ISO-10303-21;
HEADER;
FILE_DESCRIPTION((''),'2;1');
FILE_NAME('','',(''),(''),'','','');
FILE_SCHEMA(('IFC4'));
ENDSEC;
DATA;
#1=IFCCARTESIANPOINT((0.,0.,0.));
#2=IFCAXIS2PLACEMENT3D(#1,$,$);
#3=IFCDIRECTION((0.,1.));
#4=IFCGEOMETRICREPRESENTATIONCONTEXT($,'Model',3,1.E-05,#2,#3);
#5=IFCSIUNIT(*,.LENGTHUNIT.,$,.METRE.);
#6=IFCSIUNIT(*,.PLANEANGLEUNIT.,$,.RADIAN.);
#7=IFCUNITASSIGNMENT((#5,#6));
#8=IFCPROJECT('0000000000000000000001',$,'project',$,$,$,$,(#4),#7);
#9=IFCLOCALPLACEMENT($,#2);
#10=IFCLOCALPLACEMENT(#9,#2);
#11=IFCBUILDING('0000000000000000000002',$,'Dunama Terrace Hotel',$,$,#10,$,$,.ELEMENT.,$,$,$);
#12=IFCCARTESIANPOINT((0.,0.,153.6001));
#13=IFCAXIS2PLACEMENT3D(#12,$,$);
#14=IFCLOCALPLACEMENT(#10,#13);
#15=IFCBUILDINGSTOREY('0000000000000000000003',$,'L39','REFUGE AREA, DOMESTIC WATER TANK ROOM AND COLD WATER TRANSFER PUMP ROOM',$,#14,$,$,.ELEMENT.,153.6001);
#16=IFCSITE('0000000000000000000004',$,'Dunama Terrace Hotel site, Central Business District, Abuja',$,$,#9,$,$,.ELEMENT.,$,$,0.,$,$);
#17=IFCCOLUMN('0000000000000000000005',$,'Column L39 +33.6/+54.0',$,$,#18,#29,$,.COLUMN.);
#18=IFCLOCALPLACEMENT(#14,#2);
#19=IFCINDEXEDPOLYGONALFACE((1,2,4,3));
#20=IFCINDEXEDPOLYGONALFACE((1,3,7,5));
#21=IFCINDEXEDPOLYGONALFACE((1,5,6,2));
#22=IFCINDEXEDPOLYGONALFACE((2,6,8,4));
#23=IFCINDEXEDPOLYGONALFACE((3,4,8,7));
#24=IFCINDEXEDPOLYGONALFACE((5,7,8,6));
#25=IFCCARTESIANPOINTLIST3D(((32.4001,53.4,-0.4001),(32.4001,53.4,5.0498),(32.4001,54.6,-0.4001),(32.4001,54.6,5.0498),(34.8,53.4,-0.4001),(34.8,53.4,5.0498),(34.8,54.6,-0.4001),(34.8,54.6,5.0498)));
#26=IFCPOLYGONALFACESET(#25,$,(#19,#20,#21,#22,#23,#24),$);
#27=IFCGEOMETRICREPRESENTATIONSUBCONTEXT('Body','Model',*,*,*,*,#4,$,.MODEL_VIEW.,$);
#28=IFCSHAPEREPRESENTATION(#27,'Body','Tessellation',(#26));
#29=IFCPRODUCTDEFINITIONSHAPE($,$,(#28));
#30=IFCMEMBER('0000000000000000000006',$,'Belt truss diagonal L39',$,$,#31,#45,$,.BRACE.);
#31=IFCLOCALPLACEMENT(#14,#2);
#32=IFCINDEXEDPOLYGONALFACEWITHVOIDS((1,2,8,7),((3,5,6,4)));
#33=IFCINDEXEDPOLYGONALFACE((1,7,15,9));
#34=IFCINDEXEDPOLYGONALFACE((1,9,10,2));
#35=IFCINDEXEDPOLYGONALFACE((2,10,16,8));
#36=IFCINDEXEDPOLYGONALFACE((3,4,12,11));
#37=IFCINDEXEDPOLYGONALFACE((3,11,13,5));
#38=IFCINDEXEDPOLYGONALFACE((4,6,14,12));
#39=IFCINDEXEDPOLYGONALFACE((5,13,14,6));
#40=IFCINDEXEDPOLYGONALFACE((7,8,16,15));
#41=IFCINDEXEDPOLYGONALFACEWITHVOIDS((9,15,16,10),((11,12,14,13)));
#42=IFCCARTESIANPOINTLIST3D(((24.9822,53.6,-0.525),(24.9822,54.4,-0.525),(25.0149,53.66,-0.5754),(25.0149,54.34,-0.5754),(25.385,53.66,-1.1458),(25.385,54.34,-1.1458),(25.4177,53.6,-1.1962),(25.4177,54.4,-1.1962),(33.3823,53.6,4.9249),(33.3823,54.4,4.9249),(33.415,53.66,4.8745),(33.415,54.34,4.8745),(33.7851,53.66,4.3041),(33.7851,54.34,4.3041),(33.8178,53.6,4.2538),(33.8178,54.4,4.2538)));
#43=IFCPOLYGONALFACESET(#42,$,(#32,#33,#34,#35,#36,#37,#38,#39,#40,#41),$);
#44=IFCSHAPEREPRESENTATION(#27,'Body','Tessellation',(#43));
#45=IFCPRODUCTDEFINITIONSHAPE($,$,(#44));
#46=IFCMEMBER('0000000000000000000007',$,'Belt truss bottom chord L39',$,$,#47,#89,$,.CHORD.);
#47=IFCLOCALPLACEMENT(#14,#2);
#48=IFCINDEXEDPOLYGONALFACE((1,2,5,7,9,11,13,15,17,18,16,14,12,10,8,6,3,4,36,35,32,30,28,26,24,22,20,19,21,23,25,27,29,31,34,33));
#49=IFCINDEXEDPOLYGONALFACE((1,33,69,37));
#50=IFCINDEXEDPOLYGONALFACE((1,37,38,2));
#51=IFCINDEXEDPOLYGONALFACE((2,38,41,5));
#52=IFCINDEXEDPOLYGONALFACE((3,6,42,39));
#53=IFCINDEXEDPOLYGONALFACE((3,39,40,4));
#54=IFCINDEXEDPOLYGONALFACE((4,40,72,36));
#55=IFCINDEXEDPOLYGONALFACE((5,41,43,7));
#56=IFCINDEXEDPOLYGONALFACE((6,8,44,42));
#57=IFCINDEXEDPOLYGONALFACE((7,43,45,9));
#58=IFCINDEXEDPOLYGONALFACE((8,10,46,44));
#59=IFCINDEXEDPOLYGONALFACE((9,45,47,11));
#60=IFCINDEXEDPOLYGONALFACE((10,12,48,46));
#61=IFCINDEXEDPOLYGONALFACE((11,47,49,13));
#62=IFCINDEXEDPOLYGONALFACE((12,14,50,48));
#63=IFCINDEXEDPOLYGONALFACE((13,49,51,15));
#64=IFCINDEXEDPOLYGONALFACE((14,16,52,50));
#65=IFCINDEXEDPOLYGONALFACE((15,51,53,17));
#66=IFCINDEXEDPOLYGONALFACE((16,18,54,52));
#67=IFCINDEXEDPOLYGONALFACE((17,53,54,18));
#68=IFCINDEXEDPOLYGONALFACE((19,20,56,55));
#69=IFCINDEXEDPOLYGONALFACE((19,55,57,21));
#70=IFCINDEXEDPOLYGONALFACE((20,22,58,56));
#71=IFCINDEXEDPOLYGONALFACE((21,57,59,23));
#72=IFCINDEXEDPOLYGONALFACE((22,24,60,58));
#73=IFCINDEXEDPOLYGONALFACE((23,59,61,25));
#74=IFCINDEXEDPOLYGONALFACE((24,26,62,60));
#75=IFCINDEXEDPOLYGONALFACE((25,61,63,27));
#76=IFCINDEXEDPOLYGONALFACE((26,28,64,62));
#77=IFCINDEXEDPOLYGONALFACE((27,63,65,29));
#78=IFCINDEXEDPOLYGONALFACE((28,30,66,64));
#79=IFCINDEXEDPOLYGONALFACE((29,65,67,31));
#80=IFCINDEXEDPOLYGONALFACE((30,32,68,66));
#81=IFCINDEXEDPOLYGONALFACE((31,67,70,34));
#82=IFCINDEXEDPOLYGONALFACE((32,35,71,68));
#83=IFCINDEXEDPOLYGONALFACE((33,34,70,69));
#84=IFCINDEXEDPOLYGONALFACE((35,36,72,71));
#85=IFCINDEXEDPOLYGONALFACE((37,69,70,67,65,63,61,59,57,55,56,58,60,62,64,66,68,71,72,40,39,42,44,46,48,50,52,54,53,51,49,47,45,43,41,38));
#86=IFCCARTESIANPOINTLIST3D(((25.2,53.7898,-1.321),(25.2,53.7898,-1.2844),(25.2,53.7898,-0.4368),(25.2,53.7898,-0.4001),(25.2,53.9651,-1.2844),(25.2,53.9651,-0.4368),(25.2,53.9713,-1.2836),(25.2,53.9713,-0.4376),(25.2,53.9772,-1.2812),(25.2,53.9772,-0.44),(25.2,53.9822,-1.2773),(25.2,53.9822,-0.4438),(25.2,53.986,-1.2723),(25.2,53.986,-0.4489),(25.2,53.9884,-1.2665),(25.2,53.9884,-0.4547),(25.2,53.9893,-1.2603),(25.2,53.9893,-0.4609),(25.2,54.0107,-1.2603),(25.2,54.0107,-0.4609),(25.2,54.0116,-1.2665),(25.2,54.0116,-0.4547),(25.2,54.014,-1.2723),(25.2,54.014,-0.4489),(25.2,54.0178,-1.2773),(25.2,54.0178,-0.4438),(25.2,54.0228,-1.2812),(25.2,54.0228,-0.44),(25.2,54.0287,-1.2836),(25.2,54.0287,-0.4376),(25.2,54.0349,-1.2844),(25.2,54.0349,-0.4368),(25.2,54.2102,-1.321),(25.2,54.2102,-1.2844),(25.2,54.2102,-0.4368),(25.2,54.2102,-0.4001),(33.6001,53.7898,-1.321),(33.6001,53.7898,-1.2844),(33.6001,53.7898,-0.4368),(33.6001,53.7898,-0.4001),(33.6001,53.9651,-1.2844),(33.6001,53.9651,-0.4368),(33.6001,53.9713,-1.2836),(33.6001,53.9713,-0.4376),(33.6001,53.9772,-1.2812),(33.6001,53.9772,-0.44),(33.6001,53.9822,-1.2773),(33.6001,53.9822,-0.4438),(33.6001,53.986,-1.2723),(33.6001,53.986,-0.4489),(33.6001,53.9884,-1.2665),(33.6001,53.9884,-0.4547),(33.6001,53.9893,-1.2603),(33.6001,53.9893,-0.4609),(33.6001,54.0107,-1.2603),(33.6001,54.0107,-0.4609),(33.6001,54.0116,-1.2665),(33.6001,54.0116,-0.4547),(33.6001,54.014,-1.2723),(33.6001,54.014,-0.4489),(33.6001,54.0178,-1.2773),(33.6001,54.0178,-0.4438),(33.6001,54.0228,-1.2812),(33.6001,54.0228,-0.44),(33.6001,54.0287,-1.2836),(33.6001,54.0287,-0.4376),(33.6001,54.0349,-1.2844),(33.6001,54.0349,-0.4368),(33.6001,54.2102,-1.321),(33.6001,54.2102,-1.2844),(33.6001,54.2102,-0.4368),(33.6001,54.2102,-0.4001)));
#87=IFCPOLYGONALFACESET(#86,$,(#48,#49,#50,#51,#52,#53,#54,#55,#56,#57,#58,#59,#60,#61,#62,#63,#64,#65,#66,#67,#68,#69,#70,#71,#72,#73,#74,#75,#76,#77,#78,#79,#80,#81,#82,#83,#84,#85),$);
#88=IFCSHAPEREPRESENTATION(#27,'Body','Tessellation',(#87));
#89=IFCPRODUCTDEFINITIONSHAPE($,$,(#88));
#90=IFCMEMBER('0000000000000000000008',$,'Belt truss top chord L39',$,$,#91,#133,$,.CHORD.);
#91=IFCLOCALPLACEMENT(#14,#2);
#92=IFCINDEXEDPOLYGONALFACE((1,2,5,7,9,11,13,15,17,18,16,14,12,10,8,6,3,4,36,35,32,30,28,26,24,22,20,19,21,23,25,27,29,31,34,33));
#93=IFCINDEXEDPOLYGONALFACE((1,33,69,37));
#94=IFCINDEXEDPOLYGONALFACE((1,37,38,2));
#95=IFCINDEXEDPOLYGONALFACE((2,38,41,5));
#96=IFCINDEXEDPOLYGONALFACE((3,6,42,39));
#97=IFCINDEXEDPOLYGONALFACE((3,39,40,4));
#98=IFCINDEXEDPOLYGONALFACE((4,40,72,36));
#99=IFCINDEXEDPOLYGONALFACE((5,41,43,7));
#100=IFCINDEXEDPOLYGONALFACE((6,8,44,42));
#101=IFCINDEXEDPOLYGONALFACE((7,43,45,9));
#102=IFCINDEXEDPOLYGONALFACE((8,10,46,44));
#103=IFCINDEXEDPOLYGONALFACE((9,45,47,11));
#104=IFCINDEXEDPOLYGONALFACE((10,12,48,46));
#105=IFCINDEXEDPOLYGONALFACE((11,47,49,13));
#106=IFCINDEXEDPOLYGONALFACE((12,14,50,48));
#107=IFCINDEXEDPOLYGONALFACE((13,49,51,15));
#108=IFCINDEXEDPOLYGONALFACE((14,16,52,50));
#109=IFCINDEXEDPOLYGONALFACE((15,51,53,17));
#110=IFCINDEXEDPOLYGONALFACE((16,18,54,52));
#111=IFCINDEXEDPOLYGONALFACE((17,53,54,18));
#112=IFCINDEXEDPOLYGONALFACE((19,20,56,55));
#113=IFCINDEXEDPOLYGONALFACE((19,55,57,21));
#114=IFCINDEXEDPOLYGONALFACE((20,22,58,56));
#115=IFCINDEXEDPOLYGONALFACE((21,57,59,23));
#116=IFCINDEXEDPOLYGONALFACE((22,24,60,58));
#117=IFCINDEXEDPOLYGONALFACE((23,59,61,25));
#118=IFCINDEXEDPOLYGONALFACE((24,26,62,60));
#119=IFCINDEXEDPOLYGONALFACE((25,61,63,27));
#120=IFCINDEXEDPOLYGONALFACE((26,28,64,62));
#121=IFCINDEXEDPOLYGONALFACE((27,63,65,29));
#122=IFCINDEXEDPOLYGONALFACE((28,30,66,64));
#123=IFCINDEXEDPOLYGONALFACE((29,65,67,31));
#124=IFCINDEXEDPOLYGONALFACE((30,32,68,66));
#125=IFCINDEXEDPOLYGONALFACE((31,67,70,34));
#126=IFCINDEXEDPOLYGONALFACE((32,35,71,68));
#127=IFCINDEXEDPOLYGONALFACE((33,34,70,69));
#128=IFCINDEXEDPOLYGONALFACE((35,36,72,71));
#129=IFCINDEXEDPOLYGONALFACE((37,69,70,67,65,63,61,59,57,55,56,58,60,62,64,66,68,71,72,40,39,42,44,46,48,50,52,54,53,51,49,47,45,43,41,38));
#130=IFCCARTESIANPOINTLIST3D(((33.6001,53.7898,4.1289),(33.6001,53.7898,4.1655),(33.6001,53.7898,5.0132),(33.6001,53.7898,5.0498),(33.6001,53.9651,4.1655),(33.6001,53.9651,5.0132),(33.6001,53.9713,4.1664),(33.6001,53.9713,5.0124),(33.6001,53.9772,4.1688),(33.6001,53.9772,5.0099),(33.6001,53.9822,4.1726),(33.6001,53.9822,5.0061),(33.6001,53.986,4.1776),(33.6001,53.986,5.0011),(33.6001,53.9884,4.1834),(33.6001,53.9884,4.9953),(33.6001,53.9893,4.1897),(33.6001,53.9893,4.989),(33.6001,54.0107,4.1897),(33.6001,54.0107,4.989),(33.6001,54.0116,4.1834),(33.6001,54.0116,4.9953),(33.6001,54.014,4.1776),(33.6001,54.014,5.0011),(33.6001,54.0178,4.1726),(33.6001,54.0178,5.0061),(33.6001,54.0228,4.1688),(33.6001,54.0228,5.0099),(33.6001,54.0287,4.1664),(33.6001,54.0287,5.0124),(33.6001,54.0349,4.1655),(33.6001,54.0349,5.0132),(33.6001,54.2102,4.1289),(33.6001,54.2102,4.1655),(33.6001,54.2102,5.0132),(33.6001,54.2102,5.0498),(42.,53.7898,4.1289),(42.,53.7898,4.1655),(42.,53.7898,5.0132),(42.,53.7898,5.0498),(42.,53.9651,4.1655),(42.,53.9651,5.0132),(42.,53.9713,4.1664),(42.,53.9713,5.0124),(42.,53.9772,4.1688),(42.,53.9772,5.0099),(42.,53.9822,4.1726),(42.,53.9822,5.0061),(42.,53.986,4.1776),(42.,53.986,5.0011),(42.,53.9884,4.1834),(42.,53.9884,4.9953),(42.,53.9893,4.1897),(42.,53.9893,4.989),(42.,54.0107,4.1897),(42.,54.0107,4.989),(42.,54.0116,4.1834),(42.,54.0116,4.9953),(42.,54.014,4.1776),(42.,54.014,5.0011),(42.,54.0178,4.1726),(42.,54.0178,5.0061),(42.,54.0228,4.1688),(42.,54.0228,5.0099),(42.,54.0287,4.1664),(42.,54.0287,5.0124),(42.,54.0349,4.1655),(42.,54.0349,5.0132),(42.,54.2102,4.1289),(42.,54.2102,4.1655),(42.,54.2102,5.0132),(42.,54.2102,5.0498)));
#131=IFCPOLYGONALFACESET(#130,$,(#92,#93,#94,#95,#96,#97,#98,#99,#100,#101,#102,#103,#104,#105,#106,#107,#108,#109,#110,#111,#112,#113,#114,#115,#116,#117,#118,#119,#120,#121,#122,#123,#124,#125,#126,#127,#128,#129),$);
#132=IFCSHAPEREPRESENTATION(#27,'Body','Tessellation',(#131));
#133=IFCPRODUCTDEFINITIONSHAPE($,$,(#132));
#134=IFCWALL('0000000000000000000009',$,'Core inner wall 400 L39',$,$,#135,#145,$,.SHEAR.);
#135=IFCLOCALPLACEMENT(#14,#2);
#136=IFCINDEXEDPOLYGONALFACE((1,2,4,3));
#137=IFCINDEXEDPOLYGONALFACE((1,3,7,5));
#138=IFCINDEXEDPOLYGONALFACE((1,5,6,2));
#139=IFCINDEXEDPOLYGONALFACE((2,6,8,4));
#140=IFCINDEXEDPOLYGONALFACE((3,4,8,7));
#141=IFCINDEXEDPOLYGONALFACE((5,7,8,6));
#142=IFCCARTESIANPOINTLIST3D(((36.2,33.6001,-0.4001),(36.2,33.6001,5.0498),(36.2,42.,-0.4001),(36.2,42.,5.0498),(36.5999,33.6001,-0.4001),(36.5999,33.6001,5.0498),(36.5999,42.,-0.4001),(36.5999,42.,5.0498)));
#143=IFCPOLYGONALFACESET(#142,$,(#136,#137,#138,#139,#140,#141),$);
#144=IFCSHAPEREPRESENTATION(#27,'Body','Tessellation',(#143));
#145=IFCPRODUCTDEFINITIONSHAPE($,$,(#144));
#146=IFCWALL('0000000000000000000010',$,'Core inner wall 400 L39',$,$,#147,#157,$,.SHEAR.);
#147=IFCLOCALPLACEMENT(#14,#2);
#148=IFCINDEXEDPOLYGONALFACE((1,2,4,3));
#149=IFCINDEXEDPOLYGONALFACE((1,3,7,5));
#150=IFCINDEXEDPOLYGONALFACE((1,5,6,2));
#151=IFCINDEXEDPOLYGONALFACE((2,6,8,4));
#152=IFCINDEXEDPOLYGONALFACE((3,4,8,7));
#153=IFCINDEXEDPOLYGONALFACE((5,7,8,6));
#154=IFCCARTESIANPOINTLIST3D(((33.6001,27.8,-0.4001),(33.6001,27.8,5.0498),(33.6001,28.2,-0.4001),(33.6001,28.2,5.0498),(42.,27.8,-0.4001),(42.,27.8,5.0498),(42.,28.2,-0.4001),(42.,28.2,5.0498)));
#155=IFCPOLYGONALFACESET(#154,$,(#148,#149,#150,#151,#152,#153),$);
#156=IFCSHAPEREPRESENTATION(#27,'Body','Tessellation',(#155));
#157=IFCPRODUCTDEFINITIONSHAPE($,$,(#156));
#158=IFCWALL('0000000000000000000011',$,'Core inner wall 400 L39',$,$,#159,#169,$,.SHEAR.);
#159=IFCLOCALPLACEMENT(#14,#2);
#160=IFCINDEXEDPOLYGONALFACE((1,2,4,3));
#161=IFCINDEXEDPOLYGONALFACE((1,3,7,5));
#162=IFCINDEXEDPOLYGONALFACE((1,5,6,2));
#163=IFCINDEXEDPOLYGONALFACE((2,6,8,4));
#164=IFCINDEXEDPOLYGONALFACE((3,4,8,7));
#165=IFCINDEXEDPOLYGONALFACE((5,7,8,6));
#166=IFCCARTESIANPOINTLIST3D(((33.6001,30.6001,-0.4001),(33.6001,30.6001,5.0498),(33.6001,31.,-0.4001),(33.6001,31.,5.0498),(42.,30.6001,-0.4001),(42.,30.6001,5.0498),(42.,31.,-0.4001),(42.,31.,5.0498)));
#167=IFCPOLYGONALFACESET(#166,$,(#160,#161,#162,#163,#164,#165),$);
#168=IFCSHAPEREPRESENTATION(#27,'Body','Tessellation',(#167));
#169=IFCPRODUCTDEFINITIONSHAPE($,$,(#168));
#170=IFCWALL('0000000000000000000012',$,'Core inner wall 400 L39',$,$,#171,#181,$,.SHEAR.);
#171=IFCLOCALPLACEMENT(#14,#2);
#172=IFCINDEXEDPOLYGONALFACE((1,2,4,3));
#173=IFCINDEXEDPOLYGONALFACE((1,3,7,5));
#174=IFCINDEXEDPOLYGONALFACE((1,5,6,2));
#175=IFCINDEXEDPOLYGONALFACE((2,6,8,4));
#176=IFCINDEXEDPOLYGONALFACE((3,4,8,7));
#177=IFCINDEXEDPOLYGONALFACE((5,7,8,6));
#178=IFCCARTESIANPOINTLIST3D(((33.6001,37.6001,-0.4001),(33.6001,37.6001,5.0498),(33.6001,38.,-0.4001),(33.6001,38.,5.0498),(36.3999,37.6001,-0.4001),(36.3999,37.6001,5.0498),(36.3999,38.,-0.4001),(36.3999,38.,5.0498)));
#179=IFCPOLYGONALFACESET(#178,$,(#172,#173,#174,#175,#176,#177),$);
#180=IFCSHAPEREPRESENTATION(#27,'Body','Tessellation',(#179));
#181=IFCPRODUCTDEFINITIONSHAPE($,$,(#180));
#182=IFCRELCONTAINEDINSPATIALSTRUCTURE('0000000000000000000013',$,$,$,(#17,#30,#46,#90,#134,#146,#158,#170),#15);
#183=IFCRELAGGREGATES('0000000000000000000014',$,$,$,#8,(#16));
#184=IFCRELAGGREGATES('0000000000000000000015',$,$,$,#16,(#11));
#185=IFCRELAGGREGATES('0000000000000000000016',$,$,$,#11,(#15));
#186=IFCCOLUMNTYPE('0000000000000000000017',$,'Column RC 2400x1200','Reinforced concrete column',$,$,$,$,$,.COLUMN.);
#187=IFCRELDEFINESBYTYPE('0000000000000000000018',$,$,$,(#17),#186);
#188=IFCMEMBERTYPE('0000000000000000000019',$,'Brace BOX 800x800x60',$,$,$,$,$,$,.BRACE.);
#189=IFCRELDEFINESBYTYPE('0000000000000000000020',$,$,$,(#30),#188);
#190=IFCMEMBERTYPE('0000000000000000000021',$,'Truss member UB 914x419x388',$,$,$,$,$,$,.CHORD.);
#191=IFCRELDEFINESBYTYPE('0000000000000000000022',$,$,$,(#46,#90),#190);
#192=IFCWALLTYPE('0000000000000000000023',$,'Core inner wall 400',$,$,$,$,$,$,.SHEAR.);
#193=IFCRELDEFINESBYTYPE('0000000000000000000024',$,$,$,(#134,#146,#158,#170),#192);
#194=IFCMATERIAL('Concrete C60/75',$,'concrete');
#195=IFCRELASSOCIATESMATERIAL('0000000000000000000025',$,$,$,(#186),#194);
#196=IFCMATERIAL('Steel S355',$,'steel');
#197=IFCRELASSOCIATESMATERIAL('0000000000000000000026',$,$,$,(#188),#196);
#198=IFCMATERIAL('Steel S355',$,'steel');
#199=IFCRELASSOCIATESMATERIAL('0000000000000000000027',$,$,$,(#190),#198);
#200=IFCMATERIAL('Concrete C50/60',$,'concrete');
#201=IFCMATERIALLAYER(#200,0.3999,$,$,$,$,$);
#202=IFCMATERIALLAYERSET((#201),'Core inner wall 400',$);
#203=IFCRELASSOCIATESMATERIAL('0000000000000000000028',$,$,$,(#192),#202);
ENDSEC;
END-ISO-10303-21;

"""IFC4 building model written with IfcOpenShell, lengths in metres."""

from ifc_helpers import new_model, si_unit, direction, frame, frame_2d, origin, origin_2d, place, context, subcontext, project, spatial, rectangle, hollow_rectangle, i_section, extrude, material, layer, layer_set, material_profile, profile_set, type_object, element, save


model = new_model("IFC4")

# Units and contexts
model_context = context("Model", 3, precision=1e-05, world=origin(), true_north=direction((0.0, 1.0)))
body_context = subcontext(model_context, "Body", "Model", "MODEL_VIEW")
ifc_project = project(units=[si_unit("LENGTHUNIT", "METRE"), si_unit("PLANEANGLEUNIT", "RADIAN")], contexts=[model_context])

# Site, building, storey
site_placement = place(None, origin())
site = spatial("IfcSite", under=ifc_project, at=site_placement, Name="Dunama Terrace Hotel site, Central Business District, Abuja", CompositionType="ELEMENT", RefElevation=0.0)
building_placement = place(site_placement, origin())
building = spatial("IfcBuilding", under=site, at=building_placement, Name="Dunama Terrace Hotel", CompositionType="ELEMENT")
storey_placement = place(building_placement, frame((0.0, 0.0, 153.6001)))
storey = spatial("IfcBuildingStorey", under=building, at=storey_placement, Name="L39", Description="REFUGE AREA, DOMESTIC WATER TANK ROOM AND COLD WATER TRANSFER PUMP ROOM", CompositionType="ELEMENT", Elevation=153.6001)

# Column
ifc_material_1 = material(Name="Concrete C60/75", Category="concrete")
ifc_material_profile_1 = material_profile(ifc_material_1, rectangle(XDim=2.3999, YDim=1.2, at=origin_2d()), Name="RC 2400x1200")
ifc_profile_set_1 = profile_set([ifc_material_profile_1], Name="Concrete C60/75")
column_type = type_object("IfcColumnType", Name="Column RC 2400x1200", Description="Reinforced concrete column", PredefinedType="COLUMN", material=ifc_profile_set_1)
column_placement = place(storey_placement, frame((33.6001, 54.0, -0.4001), z_axis=(0.0, 0.0, 1.0), x_axis=(1.0, 0.0, 0.0)))
element("IfcColumn", 1, at=column_placement, inside=storey, type_object=column_type, Name="Column L39 +33.6/+54.0", PredefinedType="COLUMN", context=body_context, shape_type="SweptSolid", body=[
    extrude(rectangle(XDim=2.3999, YDim=1.2, at=origin_2d()), origin(), (0.0, 0.0, 1.0), 5.45),
])

# Members
ifc_material_2 = material(Name="Steel S355", Category="steel")
ifc_material_profile_2 = material_profile(ifc_material_2, hollow_rectangle(XDim=0.8, YDim=0.8, WallThickness=0.0601, at=origin_2d()), Name="BOX 800x800x60")
ifc_profile_set_2 = profile_set([ifc_material_profile_2], Name="Steel S355")
member_type_1 = type_object("IfcMemberType", Name="Brace BOX 800x800x60", PredefinedType="BRACE", material=ifc_profile_set_2)
member_1_placement = place(storey_placement, frame((25.2, 54.0, -0.8606), z_axis=(0.838906, 0.0, 0.544276), x_axis=(0.0, 1.0, 0.0)))
element("IfcMember", 2, at=member_1_placement, inside=storey, type_object=member_type_1, Name="Belt truss diagonal L39", PredefinedType="BRACE", context=body_context, shape_type="SweptSolid", body=[
    extrude(hollow_rectangle(XDim=0.8, YDim=0.8, WallThickness=0.0601, at=origin_2d()), origin(), (0.0, 0.0, 1.0), 10.0132),
])
ifc_material_3 = material(Name="Steel S355", Category="steel")
ifc_material_profile_3 = material_profile(ifc_material_3, i_section(OverallWidth=0.4204, OverallDepth=0.9209, WebThickness=0.0215, FlangeThickness=0.0366, FilletRadius=0.0242, at=origin_2d()), Name="UB 914x419x388")
ifc_profile_set_3 = profile_set([ifc_material_profile_3], Name="Steel S355")
member_type_2 = type_object("IfcMemberType", Name="Truss member UB 914x419x388", PredefinedType="CHORD", material=ifc_profile_set_3)
member_2_placement = place(storey_placement, frame((25.2, 54.0, -0.8606), z_axis=(1.0, 0.0, 0.0), x_axis=(0.0, 1.0, 0.0)))
element("IfcMember", 3, at=member_2_placement, inside=storey, type_object=member_type_2, Name="Belt truss bottom chord L39", PredefinedType="CHORD", context=body_context, shape_type="SweptSolid", body=[
    extrude(i_section(OverallWidth=0.4204, OverallDepth=0.9209, WebThickness=0.0215, FlangeThickness=0.0366, FilletRadius=0.0242, at=origin_2d()), origin(), (0.0, 0.0, 1.0), 8.4001),
])
member_3_placement = place(storey_placement, frame((33.6001, 54.0, 4.5894), z_axis=(1.0, 0.0, 0.0), x_axis=(0.0, 1.0, 0.0)))
element("IfcMember", 4, at=member_3_placement, inside=storey, type_object=member_type_2, Name="Belt truss top chord L39", PredefinedType="CHORD", context=body_context, shape_type="SweptSolid", body=[
    extrude(i_section(OverallWidth=0.4204, OverallDepth=0.9209, WebThickness=0.0215, FlangeThickness=0.0366, FilletRadius=0.0242, at=origin_2d()), origin(), (0.0, 0.0, 1.0), 8.3999),
])

# Walls
ifc_material_4 = material(Name="Concrete C50/60", Category="concrete")
ifc_layer_1 = layer(ifc_material_4, 0.3999)
ifc_layer_set_1 = layer_set([ifc_layer_1], Name="Core inner wall 400")
wall_type_1 = type_object("IfcWallType", Name="Core inner wall 400", PredefinedType="SHEAR", material=ifc_layer_set_1)
for number, where, z_axis, x_axis, name in (
    (5, (36.3999, 33.6001, -0.4001), (0.0, 0.0, 1.0), (0.0, 1.0, 0.0), "Core inner wall 400 L39"),
    (6, (33.6001, 28.0, -0.4001), (0.0, 0.0, 1.0), (1.0, 0.0, 0.0), "Core inner wall 400 L39"),
    (7, (33.6001, 30.8, -0.4001), (0.0, 0.0, 1.0), (1.0, 0.0, 0.0), "Core inner wall 400 L39"),
):
    element("IfcWall", number, at=place(storey_placement, frame(where, z_axis=z_axis, x_axis=x_axis)), inside=storey, type_object=wall_type_1, Name=name, PredefinedType="SHEAR", context=body_context, shape_type="SweptSolid", body=[
        extrude(rectangle(XDim=8.3999, YDim=0.3999, at=frame_2d((4.2, 0.0))), origin(), (0.0, 0.0, 1.0), 5.45),
    ])
wall_1_placement = place(storey_placement, frame((33.6001, 37.8, -0.4001), z_axis=(0.0, 0.0, 1.0), x_axis=(1.0, 0.0, 0.0)))
element("IfcWall", 8, at=wall_1_placement, inside=storey, type_object=wall_type_1, Name="Core inner wall 400 L39", PredefinedType="SHEAR", context=body_context, shape_type="SweptSolid", body=[
    extrude(rectangle(XDim=2.7998, YDim=0.3999, at=frame_2d((1.3999, 0.0))), origin(), (0.0, 0.0, 1.0), 5.45),
])

save(model, "model.ifc")
